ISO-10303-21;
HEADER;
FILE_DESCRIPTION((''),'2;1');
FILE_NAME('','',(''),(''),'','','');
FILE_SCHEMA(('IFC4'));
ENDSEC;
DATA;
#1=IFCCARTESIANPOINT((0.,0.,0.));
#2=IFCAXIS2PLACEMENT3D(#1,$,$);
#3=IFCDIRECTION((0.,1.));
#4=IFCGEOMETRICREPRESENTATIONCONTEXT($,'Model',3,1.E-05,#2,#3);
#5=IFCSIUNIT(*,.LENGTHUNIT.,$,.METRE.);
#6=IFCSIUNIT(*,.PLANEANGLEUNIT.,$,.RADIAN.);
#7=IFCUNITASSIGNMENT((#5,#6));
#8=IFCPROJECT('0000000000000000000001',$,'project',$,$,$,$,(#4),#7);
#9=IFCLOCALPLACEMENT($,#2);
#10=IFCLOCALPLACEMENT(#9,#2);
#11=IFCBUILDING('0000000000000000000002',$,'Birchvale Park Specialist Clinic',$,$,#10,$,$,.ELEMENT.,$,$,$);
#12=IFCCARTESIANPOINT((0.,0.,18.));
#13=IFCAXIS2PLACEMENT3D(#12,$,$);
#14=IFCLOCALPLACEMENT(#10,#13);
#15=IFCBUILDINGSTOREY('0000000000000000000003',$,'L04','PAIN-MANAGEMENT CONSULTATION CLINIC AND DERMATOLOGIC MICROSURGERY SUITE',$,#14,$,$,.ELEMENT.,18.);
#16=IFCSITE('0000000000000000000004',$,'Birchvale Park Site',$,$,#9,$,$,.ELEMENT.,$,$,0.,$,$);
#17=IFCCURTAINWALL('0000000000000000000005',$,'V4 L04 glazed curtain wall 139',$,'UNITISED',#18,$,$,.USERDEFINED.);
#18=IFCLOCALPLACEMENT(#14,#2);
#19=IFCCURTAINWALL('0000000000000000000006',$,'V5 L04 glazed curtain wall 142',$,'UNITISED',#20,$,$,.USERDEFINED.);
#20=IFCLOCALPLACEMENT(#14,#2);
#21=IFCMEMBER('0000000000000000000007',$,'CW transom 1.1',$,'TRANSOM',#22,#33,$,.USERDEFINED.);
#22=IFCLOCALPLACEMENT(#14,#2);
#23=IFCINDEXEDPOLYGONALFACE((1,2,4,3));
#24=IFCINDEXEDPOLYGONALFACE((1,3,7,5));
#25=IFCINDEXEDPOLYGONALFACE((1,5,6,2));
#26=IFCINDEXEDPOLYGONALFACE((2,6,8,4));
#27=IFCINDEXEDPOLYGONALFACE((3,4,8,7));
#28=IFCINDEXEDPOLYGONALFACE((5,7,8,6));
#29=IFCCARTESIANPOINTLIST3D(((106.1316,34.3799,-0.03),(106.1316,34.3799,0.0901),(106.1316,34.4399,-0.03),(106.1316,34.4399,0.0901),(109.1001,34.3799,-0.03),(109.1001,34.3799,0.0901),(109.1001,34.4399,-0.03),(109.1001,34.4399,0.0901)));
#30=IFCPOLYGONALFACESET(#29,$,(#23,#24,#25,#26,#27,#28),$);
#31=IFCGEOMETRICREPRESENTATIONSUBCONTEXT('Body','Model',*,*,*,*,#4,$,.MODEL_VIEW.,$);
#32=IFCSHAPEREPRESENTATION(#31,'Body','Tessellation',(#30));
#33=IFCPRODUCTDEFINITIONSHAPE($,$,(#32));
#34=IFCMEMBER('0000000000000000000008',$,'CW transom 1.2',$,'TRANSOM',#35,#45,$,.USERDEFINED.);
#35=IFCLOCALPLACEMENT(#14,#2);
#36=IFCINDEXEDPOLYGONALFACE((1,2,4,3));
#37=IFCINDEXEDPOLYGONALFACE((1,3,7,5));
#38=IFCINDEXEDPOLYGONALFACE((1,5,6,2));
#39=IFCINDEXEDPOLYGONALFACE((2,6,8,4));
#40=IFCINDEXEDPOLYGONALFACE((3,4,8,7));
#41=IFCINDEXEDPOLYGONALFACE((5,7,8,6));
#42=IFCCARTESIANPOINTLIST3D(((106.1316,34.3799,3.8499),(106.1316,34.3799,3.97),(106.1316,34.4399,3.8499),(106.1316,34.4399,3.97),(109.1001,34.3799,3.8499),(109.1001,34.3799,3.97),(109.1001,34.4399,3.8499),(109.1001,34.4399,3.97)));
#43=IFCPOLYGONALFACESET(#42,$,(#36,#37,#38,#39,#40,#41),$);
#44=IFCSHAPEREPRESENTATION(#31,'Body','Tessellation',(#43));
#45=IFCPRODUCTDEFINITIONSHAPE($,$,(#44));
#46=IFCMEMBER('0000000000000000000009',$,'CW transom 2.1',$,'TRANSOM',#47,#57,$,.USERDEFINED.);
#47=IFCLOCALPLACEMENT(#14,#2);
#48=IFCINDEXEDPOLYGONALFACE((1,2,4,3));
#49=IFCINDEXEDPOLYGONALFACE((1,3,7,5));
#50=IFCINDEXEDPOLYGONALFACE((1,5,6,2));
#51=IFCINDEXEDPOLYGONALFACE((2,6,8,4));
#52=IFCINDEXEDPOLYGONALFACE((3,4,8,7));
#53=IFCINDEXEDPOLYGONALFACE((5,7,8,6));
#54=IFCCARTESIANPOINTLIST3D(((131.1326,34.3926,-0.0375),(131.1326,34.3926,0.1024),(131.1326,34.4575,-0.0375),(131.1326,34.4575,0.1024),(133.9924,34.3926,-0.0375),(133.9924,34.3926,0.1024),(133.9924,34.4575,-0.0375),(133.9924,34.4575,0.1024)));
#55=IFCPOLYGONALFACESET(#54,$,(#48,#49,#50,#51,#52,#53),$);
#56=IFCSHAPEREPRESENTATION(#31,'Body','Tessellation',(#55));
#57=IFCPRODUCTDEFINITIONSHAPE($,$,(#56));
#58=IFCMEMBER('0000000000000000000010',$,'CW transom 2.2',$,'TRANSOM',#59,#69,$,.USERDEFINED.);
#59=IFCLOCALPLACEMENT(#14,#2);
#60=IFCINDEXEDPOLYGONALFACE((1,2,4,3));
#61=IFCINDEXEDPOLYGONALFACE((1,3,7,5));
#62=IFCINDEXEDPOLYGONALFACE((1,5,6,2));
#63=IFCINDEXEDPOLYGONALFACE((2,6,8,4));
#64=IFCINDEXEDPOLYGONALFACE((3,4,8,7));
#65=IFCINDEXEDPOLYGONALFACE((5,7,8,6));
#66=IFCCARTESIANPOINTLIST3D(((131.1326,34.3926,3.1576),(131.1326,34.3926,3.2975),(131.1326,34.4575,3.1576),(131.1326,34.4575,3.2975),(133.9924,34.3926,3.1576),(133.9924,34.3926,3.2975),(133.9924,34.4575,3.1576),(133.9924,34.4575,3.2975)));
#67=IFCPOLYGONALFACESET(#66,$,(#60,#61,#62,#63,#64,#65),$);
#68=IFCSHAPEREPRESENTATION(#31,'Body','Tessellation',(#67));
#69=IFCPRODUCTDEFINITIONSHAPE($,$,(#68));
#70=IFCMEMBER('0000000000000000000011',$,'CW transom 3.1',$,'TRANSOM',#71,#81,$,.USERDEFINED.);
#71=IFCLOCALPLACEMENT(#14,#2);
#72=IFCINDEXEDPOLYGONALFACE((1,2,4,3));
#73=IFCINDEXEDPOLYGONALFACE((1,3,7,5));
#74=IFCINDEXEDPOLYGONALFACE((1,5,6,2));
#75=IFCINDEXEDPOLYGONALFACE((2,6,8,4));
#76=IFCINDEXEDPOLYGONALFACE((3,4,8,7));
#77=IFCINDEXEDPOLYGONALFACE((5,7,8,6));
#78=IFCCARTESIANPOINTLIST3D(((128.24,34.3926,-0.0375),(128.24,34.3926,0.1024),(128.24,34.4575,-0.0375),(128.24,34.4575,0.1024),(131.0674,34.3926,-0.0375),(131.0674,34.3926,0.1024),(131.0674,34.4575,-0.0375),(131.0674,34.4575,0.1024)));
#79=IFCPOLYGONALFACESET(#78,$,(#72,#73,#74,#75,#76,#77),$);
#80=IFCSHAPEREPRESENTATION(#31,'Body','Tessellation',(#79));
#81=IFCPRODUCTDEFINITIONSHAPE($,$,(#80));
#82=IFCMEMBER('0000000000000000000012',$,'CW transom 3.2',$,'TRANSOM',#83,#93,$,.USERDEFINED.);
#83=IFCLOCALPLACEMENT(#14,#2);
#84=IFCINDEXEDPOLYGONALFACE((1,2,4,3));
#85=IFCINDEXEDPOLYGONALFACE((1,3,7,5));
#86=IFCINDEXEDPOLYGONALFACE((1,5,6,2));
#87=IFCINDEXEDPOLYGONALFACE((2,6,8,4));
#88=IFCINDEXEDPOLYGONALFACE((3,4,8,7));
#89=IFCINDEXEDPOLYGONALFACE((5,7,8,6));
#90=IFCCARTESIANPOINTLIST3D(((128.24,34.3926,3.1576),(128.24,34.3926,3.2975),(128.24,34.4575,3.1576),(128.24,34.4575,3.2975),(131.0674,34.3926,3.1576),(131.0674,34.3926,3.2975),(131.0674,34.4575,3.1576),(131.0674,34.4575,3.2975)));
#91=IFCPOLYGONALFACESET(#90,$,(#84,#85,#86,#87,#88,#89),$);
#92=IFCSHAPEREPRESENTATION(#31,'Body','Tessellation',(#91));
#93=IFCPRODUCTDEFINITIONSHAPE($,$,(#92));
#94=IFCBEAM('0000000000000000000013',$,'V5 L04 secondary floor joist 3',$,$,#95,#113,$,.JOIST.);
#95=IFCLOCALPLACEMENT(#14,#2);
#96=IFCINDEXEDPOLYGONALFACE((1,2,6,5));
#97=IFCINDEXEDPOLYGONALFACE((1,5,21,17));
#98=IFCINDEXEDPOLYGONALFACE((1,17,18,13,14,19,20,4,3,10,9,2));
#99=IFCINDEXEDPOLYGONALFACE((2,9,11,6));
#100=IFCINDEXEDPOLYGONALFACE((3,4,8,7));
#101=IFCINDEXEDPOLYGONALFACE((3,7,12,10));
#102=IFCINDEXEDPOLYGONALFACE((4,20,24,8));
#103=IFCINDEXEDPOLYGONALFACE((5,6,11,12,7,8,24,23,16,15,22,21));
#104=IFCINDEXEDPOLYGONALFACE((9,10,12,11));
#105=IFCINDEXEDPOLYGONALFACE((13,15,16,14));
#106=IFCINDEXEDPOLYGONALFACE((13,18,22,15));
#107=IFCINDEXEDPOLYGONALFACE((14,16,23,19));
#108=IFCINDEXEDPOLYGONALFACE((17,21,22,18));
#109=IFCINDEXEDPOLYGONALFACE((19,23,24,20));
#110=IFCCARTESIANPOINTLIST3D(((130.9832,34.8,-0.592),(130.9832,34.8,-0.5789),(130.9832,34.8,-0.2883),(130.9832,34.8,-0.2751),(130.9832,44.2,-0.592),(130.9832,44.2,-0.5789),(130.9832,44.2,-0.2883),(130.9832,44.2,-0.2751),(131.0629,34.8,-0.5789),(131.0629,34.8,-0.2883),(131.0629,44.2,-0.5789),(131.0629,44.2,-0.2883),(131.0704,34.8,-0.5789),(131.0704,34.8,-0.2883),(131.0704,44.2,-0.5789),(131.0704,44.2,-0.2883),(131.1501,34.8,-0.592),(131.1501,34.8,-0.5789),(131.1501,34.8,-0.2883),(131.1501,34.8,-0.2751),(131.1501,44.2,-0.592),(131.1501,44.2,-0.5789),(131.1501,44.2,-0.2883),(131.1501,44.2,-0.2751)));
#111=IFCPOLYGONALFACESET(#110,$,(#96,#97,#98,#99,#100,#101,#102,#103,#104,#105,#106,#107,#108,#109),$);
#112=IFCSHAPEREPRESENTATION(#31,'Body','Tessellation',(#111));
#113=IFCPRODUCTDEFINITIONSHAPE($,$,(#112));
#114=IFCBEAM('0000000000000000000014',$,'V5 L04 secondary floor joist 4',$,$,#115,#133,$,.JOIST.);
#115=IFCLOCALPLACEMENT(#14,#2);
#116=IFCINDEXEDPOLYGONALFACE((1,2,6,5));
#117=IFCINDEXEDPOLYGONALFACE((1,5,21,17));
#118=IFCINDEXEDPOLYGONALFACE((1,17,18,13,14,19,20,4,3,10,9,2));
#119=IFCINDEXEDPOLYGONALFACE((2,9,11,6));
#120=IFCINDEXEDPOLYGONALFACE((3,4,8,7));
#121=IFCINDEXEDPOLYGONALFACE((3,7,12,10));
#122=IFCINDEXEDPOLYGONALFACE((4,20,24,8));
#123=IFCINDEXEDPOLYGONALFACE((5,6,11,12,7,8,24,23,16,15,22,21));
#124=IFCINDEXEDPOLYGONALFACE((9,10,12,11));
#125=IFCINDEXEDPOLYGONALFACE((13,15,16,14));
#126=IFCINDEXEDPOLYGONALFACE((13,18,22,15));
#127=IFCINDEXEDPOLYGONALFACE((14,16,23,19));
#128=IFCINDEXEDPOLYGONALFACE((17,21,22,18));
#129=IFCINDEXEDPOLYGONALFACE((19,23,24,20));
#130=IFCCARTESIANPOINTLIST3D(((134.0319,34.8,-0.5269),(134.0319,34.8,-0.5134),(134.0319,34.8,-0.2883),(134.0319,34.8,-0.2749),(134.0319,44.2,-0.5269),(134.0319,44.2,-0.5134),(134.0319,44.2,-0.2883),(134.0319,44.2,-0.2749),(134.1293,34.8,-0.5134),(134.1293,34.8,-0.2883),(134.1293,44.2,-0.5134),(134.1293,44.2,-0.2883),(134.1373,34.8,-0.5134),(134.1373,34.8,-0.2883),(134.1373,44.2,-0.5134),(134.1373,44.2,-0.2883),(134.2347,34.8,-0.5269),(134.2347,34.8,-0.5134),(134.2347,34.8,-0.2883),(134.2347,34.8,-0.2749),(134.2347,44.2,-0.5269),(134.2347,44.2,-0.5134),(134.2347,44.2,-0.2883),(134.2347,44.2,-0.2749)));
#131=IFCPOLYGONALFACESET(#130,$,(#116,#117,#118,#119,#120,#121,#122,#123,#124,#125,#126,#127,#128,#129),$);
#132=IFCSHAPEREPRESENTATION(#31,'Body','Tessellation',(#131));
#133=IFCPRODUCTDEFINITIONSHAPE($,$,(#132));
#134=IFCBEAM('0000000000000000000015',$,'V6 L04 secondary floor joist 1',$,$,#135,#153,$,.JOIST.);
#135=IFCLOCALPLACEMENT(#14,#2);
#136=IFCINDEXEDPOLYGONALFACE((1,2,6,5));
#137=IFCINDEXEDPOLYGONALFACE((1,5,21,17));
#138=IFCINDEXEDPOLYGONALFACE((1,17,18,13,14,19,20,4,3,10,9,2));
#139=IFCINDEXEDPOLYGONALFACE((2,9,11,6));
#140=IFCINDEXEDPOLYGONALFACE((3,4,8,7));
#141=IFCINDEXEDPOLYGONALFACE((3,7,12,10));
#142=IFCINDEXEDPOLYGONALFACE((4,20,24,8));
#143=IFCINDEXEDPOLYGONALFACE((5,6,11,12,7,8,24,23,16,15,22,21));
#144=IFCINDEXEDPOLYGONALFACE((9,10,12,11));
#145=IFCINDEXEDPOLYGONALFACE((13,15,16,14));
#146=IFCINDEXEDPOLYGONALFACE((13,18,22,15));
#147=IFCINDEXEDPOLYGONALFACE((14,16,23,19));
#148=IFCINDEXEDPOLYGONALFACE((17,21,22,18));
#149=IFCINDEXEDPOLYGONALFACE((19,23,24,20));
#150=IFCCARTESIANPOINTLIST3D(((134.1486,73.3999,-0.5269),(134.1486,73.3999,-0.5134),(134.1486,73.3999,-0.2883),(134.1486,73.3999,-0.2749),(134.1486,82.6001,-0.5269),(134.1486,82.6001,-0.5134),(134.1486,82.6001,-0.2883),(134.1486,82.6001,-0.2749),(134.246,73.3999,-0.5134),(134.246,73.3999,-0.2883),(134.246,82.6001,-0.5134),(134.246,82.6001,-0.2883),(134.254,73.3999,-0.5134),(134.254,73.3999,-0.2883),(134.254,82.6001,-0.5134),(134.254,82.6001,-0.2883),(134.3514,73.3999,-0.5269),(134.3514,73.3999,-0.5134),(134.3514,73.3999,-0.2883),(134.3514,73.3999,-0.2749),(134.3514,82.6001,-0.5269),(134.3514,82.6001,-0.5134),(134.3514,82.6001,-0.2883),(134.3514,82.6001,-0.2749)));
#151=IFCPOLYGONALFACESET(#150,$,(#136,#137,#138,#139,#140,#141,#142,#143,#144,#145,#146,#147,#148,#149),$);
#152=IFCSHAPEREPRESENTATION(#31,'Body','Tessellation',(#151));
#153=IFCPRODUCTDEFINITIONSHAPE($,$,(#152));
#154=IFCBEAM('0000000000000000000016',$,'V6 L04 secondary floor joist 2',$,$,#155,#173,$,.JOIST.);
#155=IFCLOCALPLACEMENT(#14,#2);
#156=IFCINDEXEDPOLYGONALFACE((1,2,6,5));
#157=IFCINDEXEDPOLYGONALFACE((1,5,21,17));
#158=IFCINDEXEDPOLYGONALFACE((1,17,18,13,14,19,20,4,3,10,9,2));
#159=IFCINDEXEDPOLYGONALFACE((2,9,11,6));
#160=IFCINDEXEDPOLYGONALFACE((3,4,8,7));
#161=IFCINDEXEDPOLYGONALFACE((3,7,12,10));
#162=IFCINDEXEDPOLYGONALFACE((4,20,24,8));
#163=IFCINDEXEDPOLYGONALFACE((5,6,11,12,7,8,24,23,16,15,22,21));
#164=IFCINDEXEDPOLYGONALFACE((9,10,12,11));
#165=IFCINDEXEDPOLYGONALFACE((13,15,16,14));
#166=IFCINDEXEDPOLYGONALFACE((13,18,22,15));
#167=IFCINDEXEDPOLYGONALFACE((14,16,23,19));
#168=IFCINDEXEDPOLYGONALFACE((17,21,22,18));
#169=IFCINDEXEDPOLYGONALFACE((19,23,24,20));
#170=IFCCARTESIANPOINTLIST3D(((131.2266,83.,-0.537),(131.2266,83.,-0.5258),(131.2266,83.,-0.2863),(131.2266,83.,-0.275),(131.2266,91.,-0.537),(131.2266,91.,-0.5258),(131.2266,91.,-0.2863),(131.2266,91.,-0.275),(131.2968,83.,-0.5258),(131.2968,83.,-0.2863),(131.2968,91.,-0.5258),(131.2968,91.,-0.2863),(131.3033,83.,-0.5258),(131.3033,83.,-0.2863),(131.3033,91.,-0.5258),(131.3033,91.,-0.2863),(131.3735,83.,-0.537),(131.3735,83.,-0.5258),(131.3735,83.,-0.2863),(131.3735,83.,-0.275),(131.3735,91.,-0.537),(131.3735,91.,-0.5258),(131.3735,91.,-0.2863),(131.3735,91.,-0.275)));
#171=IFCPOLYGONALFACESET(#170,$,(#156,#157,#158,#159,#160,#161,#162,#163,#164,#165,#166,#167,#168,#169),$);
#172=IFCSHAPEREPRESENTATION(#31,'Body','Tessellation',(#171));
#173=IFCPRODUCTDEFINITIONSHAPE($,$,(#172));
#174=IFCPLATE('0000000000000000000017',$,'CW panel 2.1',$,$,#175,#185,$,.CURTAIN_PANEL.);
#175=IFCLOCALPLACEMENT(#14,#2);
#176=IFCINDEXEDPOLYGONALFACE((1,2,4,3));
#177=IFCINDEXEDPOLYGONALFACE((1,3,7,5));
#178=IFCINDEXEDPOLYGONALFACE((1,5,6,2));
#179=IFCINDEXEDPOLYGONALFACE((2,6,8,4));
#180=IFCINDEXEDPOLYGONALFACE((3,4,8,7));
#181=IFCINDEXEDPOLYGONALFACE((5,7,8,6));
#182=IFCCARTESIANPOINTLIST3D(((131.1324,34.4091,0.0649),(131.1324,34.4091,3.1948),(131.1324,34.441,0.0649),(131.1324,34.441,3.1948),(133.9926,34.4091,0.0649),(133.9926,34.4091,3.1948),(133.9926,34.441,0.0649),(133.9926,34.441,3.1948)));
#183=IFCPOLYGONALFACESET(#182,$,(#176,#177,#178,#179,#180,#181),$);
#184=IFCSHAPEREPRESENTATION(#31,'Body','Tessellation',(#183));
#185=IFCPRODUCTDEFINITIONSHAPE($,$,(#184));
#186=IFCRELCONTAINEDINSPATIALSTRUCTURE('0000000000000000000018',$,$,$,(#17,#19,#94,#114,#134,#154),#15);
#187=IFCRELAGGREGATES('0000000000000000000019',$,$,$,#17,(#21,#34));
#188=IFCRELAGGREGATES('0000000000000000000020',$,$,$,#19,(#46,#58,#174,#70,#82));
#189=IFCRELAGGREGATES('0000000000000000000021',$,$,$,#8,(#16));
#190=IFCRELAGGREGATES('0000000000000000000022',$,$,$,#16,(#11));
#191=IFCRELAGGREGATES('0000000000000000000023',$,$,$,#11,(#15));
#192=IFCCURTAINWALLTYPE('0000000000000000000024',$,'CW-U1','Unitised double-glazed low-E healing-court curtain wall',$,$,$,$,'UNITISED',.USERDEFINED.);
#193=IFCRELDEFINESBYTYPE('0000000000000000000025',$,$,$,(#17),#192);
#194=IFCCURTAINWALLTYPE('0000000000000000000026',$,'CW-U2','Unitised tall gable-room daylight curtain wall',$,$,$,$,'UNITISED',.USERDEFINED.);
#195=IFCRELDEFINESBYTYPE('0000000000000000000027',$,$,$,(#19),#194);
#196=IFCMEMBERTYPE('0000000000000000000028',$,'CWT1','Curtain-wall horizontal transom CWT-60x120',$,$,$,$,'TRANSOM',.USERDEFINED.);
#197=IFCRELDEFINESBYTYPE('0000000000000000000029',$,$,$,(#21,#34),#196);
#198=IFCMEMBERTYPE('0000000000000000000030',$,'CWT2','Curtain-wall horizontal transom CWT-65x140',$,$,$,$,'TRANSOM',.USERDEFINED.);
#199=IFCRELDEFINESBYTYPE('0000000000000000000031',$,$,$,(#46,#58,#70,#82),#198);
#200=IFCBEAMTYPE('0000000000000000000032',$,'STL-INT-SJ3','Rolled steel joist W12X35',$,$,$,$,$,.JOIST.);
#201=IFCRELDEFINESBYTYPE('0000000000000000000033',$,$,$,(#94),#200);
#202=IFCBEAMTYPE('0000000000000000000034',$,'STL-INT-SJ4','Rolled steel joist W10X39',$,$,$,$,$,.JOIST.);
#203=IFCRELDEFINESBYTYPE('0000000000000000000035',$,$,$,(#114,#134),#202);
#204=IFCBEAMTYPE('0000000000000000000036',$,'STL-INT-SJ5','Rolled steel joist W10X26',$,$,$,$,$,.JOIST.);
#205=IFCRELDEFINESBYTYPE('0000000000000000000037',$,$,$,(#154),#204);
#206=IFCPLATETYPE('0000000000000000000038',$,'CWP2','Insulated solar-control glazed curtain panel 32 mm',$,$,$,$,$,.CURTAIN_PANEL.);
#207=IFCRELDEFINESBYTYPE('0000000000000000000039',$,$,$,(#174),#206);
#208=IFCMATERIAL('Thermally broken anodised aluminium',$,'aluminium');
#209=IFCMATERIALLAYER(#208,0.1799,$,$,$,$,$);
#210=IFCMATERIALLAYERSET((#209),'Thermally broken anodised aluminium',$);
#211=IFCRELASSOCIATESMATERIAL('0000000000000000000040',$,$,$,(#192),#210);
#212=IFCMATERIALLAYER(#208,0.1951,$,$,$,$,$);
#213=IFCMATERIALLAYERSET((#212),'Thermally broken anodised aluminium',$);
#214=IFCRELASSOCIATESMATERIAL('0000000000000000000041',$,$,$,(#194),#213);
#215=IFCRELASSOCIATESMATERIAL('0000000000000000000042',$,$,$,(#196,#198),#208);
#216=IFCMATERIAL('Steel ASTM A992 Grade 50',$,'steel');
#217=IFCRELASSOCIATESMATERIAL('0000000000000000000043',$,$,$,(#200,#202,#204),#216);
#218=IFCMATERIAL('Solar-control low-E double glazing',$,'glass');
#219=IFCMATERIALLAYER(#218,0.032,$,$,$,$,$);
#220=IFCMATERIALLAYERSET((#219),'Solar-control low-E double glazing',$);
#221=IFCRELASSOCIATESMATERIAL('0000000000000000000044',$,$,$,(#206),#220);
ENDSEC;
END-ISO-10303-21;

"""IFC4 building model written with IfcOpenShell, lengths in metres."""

from ifc_helpers import new_model, si_unit, direction, frame, origin, origin_2d, place, context, subcontext, project, spatial, rectangle, i_section, extrude, material, layer, layer_set, material_profile, profile_set, type_object, element, aggregate, save


model = new_model("IFC4")

# Units and contexts
model_context = context("Model", 3, precision=1e-05, world=origin(), true_north=direction((0.0, 1.0)))
body_context = subcontext(model_context, "Body", "Model", "MODEL_VIEW")
ifc_project = project(units=[si_unit("LENGTHUNIT", "METRE"), si_unit("PLANEANGLEUNIT", "RADIAN")], contexts=[model_context])

# Site, building, storey
site_placement = place(None, origin())
site = spatial("IfcSite", under=ifc_project, at=site_placement, Name="Birchvale Park Site", CompositionType="ELEMENT", RefElevation=0.0)
building_placement = place(site_placement, origin())
building = spatial("IfcBuilding", under=site, at=building_placement, Name="Birchvale Park Specialist Clinic", CompositionType="ELEMENT")
storey_placement = place(building_placement, frame((0.0, 0.0, 18.0)))
storey = spatial("IfcBuildingStorey", under=building, at=storey_placement, Name="L04", Description="PAIN-MANAGEMENT CONSULTATION CLINIC AND DERMATOLOGIC MICROSURGERY SUITE", CompositionType="ELEMENT", Elevation=18.0)

# Curtain wall
ifc_material_1 = material(Name="Thermally broken anodised aluminium", Category="aluminium")
ifc_layer_1 = layer(ifc_material_1, 0.1799)
ifc_layer_set_1 = layer_set([ifc_layer_1], Name="Thermally broken anodised aluminium")
curtain_wall_type_1 = type_object("IfcCurtainWallType", Name="CW-U1", Description="Unitised double-glazed low-E healing-court curtain wall", ElementType="UNITISED", PredefinedType="USERDEFINED", material=ifc_layer_set_1)
curtain_wall_1_placement = place(storey_placement, origin())
curtain_wall_1 = element("IfcCurtainWall", 1, at=curtain_wall_1_placement, inside=storey, type_object=curtain_wall_type_1, Name="V4 L04 glazed curtain wall 139", ObjectType="UNITISED", PredefinedType="USERDEFINED")

# Curtain wall
ifc_layer_2 = layer(ifc_material_1, 0.1951)
ifc_layer_set_2 = layer_set([ifc_layer_2], Name="Thermally broken anodised aluminium")
curtain_wall_type_2 = type_object("IfcCurtainWallType", Name="CW-U2", Description="Unitised tall gable-room daylight curtain wall", ElementType="UNITISED", PredefinedType="USERDEFINED", material=ifc_layer_set_2)
curtain_wall_2_placement = place(storey_placement, origin())
curtain_wall_2 = element("IfcCurtainWall", 2, at=curtain_wall_2_placement, inside=storey, type_object=curtain_wall_type_2, Name="V5 L04 glazed curtain wall 142", ObjectType="UNITISED", PredefinedType="USERDEFINED")

# Members
ifc_material_profile_1 = material_profile(ifc_material_1, rectangle(XDim=0.0601, YDim=0.1201, at=origin_2d()), Name="CWT-60x120")
ifc_profile_set_1 = profile_set([ifc_material_profile_1], Name="Thermally broken anodised aluminium")
member_type_1 = type_object("IfcMemberType", Name="CWT1", Description="Curtain-wall horizontal transom CWT-60x120", ElementType="TRANSOM", PredefinedType="USERDEFINED", material=ifc_profile_set_1)
member_1_placement = place(storey_placement, frame((109.1001, 34.4099, 0.03), z_axis=(-1.0, 0.0, 0.0), x_axis=(0.0, -1.0, 0.0)))
member_1 = element("IfcMember", 3, at=member_1_placement, type_object=member_type_1, Name="CW transom 1.1", ObjectType="TRANSOM", PredefinedType="USERDEFINED", context=body_context, shape_type="SweptSolid", body=[
    extrude(rectangle(XDim=0.0601, YDim=0.1201, at=origin_2d()), origin(), (0.0, 0.0, 1.0), 2.9685),
])
member_2_placement = place(storey_placement, frame((109.1001, 34.4099, 3.9099), z_axis=(-1.0, 0.0, 0.0), x_axis=(0.0, -1.0, 0.0)))
member_2 = element("IfcMember", 4, at=member_2_placement, type_object=member_type_1, Name="CW transom 1.2", ObjectType="TRANSOM", PredefinedType="USERDEFINED", context=body_context, shape_type="SweptSolid", body=[
    extrude(rectangle(XDim=0.0601, YDim=0.1201, at=origin_2d()), origin(), (0.0, 0.0, 1.0), 2.9685),
])
aggregate(curtain_wall_1, [member_1, member_2])
ifc_material_profile_2 = material_profile(ifc_material_1, rectangle(XDim=0.0649, YDim=0.1399, at=origin_2d()), Name="CWT-65x140")
ifc_profile_set_2 = profile_set([ifc_material_profile_2], Name="Thermally broken anodised aluminium")
member_type_2 = type_object("IfcMemberType", Name="CWT2", Description="Curtain-wall horizontal transom CWT-65x140", ElementType="TRANSOM", PredefinedType="USERDEFINED", material=ifc_profile_set_2)
member_3_placement = place(storey_placement, frame((133.9924, 34.425, 0.0325), z_axis=(-1.0, 0.0, 0.0), x_axis=(0.0, -1.0, 0.0)))
member_3 = element("IfcMember", 5, at=member_3_placement, type_object=member_type_2, Name="CW transom 2.1", ObjectType="TRANSOM", PredefinedType="USERDEFINED", context=body_context, shape_type="SweptSolid", body=[
    extrude(rectangle(XDim=0.0649, YDim=0.1399, at=origin_2d()), origin(), (0.0, 0.0, 1.0), 2.8599),
])
member_4_placement = place(storey_placement, frame((133.9924, 34.425, 3.2275), z_axis=(-1.0, 0.0, 0.0), x_axis=(0.0, -1.0, 0.0)))
member_4 = element("IfcMember", 6, at=member_4_placement, type_object=member_type_2, Name="CW transom 2.2", ObjectType="TRANSOM", PredefinedType="USERDEFINED", context=body_context, shape_type="SweptSolid", body=[
    extrude(rectangle(XDim=0.0649, YDim=0.1399, at=origin_2d()), origin(), (0.0, 0.0, 1.0), 2.8599),
])
member_5_placement = place(storey_placement, frame((131.0674, 34.425, 0.0325), z_axis=(-1.0, 0.0, 0.0), x_axis=(0.0, -1.0, 0.0)))
member_5 = element("IfcMember", 7, at=member_5_placement, type_object=member_type_2, Name="CW transom 3.1", ObjectType="TRANSOM", PredefinedType="USERDEFINED", context=body_context, shape_type="SweptSolid", body=[
    extrude(rectangle(XDim=0.0649, YDim=0.1399, at=origin_2d()), origin(), (0.0, 0.0, 1.0), 2.8274),
])
member_6_placement = place(storey_placement, frame((131.0674, 34.425, 3.2275), z_axis=(-1.0, 0.0, 0.0), x_axis=(0.0, -1.0, 0.0)))
member_6 = element("IfcMember", 8, at=member_6_placement, type_object=member_type_2, Name="CW transom 3.2", ObjectType="TRANSOM", PredefinedType="USERDEFINED", context=body_context, shape_type="SweptSolid", body=[
    extrude(rectangle(XDim=0.0649, YDim=0.1399, at=origin_2d()), origin(), (0.0, 0.0, 1.0), 2.8274),
])

# Beams
ifc_material_2 = material(Name="Steel ASTM A992 Grade 50", Category="steel")
ifc_material_profile_3 = material_profile(ifc_material_2, i_section(OverallWidth=0.167, OverallDepth=0.3169, WebThickness=0.0076, FlangeThickness=0.0132, at=origin_2d()), Name="W12X35")
ifc_profile_set_3 = profile_set([ifc_material_profile_3], Name="Steel ASTM A992 Grade 50")
beam_type_1 = type_object("IfcBeamType", Name="STL-INT-SJ3", Description="Rolled steel joist W12X35", PredefinedType="JOIST", material=ifc_profile_set_3)
beam_1_placement = place(storey_placement, frame((131.0667, 34.8, -0.4336), z_axis=(0.0, 1.0, 0.0), x_axis=(-1.0, 0.0, 0.0)))
element("IfcBeam", 9, at=beam_1_placement, inside=storey, type_object=beam_type_1, Name="V5 L04 secondary floor joist 3", PredefinedType="JOIST", context=body_context, shape_type="SweptSolid", body=[
    extrude(i_section(OverallWidth=0.167, OverallDepth=0.3169, WebThickness=0.0076, FlangeThickness=0.0132, at=origin_2d()), origin(), (0.0, 0.0, 1.0), 9.3999),
])
ifc_material_profile_4 = material_profile(ifc_material_2, i_section(OverallWidth=0.2029, OverallDepth=0.252, WebThickness=0.0081, FlangeThickness=0.0134, at=origin_2d()), Name="W10X39")
ifc_profile_set_4 = profile_set([ifc_material_profile_4], Name="Steel ASTM A992 Grade 50")
beam_type_2 = type_object("IfcBeamType", Name="STL-INT-SJ4", Description="Rolled steel joist W10X39", PredefinedType="JOIST", material=ifc_profile_set_4)
beam_2_placement = place(storey_placement, frame((134.1333, 34.8, -0.4009), z_axis=(0.0, 1.0, 0.0), x_axis=(-1.0, 0.0, 0.0)))
element("IfcBeam", 10, at=beam_2_placement, inside=storey, type_object=beam_type_2, Name="V5 L04 secondary floor joist 4", PredefinedType="JOIST", context=body_context, shape_type="SweptSolid", body=[
    extrude(i_section(OverallWidth=0.2029, OverallDepth=0.252, WebThickness=0.0081, FlangeThickness=0.0134, at=origin_2d()), origin(), (0.0, 0.0, 1.0), 9.3999),
])
beam_3_placement = place(storey_placement, frame((134.25, 73.3999, -0.4009), z_axis=(0.0, 1.0, 0.0), x_axis=(-1.0, 0.0, 0.0)))
element("IfcBeam", 11, at=beam_3_placement, inside=storey, type_object=beam_type_2, Name="V6 L04 secondary floor joist 1", PredefinedType="JOIST", context=body_context, shape_type="SweptSolid", body=[
    extrude(i_section(OverallWidth=0.2029, OverallDepth=0.252, WebThickness=0.0081, FlangeThickness=0.0134, at=origin_2d()), origin(), (0.0, 0.0, 1.0), 9.2002),
])
ifc_material_profile_5 = material_profile(ifc_material_2, i_section(OverallWidth=0.147, OverallDepth=0.262, WebThickness=0.0066, FlangeThickness=0.0112, at=origin_2d()), Name="W10X26")
ifc_profile_set_5 = profile_set([ifc_material_profile_5], Name="Steel ASTM A992 Grade 50")
beam_type_3 = type_object("IfcBeamType", Name="STL-INT-SJ5", Description="Rolled steel joist W10X26", PredefinedType="JOIST", material=ifc_profile_set_5)
beam_4_placement = place(storey_placement, frame((131.3, 83.0, -0.406), z_axis=(0.0, 1.0, 0.0), x_axis=(-1.0, 0.0, 0.0)))
element("IfcBeam", 12, at=beam_4_placement, inside=storey, type_object=beam_type_3, Name="V6 L04 secondary floor joist 2", PredefinedType="JOIST", context=body_context, shape_type="SweptSolid", body=[
    extrude(i_section(OverallWidth=0.147, OverallDepth=0.262, WebThickness=0.0066, FlangeThickness=0.0112, at=origin_2d()), origin(), (0.0, 0.0, 1.0), 8.0),
])

# Plate
ifc_material_3 = material(Name="Solar-control low-E double glazing", Category="glass")
ifc_layer_3 = layer(ifc_material_3, 0.032)
ifc_layer_set_3 = layer_set([ifc_layer_3], Name="Solar-control low-E double glazing")
plate_type = type_object("IfcPlateType", Name="CWP2", Description="Insulated solar-control glazed curtain panel 32 mm", PredefinedType="CURTAIN_PANEL", material=ifc_layer_set_3)
plate_1_placement = place(storey_placement, frame((132.5625, 34.425, 0.0649), z_axis=(0.0, 0.0, 1.0), x_axis=(-1.0, 0.0, 0.0)))
plate_1 = element("IfcPlate", 13, at=plate_1_placement, type_object=plate_type, Name="CW panel 2.1", PredefinedType="CURTAIN_PANEL", context=body_context, shape_type="SweptSolid", body=[
    extrude(rectangle(XDim=2.8601, YDim=0.032, at=origin_2d()), origin(), (0.0, 0.0, 1.0), 3.1299),
])
aggregate(curtain_wall_2, [member_3, member_4, plate_1, member_5, member_6])

save(model, "model.ifc")
